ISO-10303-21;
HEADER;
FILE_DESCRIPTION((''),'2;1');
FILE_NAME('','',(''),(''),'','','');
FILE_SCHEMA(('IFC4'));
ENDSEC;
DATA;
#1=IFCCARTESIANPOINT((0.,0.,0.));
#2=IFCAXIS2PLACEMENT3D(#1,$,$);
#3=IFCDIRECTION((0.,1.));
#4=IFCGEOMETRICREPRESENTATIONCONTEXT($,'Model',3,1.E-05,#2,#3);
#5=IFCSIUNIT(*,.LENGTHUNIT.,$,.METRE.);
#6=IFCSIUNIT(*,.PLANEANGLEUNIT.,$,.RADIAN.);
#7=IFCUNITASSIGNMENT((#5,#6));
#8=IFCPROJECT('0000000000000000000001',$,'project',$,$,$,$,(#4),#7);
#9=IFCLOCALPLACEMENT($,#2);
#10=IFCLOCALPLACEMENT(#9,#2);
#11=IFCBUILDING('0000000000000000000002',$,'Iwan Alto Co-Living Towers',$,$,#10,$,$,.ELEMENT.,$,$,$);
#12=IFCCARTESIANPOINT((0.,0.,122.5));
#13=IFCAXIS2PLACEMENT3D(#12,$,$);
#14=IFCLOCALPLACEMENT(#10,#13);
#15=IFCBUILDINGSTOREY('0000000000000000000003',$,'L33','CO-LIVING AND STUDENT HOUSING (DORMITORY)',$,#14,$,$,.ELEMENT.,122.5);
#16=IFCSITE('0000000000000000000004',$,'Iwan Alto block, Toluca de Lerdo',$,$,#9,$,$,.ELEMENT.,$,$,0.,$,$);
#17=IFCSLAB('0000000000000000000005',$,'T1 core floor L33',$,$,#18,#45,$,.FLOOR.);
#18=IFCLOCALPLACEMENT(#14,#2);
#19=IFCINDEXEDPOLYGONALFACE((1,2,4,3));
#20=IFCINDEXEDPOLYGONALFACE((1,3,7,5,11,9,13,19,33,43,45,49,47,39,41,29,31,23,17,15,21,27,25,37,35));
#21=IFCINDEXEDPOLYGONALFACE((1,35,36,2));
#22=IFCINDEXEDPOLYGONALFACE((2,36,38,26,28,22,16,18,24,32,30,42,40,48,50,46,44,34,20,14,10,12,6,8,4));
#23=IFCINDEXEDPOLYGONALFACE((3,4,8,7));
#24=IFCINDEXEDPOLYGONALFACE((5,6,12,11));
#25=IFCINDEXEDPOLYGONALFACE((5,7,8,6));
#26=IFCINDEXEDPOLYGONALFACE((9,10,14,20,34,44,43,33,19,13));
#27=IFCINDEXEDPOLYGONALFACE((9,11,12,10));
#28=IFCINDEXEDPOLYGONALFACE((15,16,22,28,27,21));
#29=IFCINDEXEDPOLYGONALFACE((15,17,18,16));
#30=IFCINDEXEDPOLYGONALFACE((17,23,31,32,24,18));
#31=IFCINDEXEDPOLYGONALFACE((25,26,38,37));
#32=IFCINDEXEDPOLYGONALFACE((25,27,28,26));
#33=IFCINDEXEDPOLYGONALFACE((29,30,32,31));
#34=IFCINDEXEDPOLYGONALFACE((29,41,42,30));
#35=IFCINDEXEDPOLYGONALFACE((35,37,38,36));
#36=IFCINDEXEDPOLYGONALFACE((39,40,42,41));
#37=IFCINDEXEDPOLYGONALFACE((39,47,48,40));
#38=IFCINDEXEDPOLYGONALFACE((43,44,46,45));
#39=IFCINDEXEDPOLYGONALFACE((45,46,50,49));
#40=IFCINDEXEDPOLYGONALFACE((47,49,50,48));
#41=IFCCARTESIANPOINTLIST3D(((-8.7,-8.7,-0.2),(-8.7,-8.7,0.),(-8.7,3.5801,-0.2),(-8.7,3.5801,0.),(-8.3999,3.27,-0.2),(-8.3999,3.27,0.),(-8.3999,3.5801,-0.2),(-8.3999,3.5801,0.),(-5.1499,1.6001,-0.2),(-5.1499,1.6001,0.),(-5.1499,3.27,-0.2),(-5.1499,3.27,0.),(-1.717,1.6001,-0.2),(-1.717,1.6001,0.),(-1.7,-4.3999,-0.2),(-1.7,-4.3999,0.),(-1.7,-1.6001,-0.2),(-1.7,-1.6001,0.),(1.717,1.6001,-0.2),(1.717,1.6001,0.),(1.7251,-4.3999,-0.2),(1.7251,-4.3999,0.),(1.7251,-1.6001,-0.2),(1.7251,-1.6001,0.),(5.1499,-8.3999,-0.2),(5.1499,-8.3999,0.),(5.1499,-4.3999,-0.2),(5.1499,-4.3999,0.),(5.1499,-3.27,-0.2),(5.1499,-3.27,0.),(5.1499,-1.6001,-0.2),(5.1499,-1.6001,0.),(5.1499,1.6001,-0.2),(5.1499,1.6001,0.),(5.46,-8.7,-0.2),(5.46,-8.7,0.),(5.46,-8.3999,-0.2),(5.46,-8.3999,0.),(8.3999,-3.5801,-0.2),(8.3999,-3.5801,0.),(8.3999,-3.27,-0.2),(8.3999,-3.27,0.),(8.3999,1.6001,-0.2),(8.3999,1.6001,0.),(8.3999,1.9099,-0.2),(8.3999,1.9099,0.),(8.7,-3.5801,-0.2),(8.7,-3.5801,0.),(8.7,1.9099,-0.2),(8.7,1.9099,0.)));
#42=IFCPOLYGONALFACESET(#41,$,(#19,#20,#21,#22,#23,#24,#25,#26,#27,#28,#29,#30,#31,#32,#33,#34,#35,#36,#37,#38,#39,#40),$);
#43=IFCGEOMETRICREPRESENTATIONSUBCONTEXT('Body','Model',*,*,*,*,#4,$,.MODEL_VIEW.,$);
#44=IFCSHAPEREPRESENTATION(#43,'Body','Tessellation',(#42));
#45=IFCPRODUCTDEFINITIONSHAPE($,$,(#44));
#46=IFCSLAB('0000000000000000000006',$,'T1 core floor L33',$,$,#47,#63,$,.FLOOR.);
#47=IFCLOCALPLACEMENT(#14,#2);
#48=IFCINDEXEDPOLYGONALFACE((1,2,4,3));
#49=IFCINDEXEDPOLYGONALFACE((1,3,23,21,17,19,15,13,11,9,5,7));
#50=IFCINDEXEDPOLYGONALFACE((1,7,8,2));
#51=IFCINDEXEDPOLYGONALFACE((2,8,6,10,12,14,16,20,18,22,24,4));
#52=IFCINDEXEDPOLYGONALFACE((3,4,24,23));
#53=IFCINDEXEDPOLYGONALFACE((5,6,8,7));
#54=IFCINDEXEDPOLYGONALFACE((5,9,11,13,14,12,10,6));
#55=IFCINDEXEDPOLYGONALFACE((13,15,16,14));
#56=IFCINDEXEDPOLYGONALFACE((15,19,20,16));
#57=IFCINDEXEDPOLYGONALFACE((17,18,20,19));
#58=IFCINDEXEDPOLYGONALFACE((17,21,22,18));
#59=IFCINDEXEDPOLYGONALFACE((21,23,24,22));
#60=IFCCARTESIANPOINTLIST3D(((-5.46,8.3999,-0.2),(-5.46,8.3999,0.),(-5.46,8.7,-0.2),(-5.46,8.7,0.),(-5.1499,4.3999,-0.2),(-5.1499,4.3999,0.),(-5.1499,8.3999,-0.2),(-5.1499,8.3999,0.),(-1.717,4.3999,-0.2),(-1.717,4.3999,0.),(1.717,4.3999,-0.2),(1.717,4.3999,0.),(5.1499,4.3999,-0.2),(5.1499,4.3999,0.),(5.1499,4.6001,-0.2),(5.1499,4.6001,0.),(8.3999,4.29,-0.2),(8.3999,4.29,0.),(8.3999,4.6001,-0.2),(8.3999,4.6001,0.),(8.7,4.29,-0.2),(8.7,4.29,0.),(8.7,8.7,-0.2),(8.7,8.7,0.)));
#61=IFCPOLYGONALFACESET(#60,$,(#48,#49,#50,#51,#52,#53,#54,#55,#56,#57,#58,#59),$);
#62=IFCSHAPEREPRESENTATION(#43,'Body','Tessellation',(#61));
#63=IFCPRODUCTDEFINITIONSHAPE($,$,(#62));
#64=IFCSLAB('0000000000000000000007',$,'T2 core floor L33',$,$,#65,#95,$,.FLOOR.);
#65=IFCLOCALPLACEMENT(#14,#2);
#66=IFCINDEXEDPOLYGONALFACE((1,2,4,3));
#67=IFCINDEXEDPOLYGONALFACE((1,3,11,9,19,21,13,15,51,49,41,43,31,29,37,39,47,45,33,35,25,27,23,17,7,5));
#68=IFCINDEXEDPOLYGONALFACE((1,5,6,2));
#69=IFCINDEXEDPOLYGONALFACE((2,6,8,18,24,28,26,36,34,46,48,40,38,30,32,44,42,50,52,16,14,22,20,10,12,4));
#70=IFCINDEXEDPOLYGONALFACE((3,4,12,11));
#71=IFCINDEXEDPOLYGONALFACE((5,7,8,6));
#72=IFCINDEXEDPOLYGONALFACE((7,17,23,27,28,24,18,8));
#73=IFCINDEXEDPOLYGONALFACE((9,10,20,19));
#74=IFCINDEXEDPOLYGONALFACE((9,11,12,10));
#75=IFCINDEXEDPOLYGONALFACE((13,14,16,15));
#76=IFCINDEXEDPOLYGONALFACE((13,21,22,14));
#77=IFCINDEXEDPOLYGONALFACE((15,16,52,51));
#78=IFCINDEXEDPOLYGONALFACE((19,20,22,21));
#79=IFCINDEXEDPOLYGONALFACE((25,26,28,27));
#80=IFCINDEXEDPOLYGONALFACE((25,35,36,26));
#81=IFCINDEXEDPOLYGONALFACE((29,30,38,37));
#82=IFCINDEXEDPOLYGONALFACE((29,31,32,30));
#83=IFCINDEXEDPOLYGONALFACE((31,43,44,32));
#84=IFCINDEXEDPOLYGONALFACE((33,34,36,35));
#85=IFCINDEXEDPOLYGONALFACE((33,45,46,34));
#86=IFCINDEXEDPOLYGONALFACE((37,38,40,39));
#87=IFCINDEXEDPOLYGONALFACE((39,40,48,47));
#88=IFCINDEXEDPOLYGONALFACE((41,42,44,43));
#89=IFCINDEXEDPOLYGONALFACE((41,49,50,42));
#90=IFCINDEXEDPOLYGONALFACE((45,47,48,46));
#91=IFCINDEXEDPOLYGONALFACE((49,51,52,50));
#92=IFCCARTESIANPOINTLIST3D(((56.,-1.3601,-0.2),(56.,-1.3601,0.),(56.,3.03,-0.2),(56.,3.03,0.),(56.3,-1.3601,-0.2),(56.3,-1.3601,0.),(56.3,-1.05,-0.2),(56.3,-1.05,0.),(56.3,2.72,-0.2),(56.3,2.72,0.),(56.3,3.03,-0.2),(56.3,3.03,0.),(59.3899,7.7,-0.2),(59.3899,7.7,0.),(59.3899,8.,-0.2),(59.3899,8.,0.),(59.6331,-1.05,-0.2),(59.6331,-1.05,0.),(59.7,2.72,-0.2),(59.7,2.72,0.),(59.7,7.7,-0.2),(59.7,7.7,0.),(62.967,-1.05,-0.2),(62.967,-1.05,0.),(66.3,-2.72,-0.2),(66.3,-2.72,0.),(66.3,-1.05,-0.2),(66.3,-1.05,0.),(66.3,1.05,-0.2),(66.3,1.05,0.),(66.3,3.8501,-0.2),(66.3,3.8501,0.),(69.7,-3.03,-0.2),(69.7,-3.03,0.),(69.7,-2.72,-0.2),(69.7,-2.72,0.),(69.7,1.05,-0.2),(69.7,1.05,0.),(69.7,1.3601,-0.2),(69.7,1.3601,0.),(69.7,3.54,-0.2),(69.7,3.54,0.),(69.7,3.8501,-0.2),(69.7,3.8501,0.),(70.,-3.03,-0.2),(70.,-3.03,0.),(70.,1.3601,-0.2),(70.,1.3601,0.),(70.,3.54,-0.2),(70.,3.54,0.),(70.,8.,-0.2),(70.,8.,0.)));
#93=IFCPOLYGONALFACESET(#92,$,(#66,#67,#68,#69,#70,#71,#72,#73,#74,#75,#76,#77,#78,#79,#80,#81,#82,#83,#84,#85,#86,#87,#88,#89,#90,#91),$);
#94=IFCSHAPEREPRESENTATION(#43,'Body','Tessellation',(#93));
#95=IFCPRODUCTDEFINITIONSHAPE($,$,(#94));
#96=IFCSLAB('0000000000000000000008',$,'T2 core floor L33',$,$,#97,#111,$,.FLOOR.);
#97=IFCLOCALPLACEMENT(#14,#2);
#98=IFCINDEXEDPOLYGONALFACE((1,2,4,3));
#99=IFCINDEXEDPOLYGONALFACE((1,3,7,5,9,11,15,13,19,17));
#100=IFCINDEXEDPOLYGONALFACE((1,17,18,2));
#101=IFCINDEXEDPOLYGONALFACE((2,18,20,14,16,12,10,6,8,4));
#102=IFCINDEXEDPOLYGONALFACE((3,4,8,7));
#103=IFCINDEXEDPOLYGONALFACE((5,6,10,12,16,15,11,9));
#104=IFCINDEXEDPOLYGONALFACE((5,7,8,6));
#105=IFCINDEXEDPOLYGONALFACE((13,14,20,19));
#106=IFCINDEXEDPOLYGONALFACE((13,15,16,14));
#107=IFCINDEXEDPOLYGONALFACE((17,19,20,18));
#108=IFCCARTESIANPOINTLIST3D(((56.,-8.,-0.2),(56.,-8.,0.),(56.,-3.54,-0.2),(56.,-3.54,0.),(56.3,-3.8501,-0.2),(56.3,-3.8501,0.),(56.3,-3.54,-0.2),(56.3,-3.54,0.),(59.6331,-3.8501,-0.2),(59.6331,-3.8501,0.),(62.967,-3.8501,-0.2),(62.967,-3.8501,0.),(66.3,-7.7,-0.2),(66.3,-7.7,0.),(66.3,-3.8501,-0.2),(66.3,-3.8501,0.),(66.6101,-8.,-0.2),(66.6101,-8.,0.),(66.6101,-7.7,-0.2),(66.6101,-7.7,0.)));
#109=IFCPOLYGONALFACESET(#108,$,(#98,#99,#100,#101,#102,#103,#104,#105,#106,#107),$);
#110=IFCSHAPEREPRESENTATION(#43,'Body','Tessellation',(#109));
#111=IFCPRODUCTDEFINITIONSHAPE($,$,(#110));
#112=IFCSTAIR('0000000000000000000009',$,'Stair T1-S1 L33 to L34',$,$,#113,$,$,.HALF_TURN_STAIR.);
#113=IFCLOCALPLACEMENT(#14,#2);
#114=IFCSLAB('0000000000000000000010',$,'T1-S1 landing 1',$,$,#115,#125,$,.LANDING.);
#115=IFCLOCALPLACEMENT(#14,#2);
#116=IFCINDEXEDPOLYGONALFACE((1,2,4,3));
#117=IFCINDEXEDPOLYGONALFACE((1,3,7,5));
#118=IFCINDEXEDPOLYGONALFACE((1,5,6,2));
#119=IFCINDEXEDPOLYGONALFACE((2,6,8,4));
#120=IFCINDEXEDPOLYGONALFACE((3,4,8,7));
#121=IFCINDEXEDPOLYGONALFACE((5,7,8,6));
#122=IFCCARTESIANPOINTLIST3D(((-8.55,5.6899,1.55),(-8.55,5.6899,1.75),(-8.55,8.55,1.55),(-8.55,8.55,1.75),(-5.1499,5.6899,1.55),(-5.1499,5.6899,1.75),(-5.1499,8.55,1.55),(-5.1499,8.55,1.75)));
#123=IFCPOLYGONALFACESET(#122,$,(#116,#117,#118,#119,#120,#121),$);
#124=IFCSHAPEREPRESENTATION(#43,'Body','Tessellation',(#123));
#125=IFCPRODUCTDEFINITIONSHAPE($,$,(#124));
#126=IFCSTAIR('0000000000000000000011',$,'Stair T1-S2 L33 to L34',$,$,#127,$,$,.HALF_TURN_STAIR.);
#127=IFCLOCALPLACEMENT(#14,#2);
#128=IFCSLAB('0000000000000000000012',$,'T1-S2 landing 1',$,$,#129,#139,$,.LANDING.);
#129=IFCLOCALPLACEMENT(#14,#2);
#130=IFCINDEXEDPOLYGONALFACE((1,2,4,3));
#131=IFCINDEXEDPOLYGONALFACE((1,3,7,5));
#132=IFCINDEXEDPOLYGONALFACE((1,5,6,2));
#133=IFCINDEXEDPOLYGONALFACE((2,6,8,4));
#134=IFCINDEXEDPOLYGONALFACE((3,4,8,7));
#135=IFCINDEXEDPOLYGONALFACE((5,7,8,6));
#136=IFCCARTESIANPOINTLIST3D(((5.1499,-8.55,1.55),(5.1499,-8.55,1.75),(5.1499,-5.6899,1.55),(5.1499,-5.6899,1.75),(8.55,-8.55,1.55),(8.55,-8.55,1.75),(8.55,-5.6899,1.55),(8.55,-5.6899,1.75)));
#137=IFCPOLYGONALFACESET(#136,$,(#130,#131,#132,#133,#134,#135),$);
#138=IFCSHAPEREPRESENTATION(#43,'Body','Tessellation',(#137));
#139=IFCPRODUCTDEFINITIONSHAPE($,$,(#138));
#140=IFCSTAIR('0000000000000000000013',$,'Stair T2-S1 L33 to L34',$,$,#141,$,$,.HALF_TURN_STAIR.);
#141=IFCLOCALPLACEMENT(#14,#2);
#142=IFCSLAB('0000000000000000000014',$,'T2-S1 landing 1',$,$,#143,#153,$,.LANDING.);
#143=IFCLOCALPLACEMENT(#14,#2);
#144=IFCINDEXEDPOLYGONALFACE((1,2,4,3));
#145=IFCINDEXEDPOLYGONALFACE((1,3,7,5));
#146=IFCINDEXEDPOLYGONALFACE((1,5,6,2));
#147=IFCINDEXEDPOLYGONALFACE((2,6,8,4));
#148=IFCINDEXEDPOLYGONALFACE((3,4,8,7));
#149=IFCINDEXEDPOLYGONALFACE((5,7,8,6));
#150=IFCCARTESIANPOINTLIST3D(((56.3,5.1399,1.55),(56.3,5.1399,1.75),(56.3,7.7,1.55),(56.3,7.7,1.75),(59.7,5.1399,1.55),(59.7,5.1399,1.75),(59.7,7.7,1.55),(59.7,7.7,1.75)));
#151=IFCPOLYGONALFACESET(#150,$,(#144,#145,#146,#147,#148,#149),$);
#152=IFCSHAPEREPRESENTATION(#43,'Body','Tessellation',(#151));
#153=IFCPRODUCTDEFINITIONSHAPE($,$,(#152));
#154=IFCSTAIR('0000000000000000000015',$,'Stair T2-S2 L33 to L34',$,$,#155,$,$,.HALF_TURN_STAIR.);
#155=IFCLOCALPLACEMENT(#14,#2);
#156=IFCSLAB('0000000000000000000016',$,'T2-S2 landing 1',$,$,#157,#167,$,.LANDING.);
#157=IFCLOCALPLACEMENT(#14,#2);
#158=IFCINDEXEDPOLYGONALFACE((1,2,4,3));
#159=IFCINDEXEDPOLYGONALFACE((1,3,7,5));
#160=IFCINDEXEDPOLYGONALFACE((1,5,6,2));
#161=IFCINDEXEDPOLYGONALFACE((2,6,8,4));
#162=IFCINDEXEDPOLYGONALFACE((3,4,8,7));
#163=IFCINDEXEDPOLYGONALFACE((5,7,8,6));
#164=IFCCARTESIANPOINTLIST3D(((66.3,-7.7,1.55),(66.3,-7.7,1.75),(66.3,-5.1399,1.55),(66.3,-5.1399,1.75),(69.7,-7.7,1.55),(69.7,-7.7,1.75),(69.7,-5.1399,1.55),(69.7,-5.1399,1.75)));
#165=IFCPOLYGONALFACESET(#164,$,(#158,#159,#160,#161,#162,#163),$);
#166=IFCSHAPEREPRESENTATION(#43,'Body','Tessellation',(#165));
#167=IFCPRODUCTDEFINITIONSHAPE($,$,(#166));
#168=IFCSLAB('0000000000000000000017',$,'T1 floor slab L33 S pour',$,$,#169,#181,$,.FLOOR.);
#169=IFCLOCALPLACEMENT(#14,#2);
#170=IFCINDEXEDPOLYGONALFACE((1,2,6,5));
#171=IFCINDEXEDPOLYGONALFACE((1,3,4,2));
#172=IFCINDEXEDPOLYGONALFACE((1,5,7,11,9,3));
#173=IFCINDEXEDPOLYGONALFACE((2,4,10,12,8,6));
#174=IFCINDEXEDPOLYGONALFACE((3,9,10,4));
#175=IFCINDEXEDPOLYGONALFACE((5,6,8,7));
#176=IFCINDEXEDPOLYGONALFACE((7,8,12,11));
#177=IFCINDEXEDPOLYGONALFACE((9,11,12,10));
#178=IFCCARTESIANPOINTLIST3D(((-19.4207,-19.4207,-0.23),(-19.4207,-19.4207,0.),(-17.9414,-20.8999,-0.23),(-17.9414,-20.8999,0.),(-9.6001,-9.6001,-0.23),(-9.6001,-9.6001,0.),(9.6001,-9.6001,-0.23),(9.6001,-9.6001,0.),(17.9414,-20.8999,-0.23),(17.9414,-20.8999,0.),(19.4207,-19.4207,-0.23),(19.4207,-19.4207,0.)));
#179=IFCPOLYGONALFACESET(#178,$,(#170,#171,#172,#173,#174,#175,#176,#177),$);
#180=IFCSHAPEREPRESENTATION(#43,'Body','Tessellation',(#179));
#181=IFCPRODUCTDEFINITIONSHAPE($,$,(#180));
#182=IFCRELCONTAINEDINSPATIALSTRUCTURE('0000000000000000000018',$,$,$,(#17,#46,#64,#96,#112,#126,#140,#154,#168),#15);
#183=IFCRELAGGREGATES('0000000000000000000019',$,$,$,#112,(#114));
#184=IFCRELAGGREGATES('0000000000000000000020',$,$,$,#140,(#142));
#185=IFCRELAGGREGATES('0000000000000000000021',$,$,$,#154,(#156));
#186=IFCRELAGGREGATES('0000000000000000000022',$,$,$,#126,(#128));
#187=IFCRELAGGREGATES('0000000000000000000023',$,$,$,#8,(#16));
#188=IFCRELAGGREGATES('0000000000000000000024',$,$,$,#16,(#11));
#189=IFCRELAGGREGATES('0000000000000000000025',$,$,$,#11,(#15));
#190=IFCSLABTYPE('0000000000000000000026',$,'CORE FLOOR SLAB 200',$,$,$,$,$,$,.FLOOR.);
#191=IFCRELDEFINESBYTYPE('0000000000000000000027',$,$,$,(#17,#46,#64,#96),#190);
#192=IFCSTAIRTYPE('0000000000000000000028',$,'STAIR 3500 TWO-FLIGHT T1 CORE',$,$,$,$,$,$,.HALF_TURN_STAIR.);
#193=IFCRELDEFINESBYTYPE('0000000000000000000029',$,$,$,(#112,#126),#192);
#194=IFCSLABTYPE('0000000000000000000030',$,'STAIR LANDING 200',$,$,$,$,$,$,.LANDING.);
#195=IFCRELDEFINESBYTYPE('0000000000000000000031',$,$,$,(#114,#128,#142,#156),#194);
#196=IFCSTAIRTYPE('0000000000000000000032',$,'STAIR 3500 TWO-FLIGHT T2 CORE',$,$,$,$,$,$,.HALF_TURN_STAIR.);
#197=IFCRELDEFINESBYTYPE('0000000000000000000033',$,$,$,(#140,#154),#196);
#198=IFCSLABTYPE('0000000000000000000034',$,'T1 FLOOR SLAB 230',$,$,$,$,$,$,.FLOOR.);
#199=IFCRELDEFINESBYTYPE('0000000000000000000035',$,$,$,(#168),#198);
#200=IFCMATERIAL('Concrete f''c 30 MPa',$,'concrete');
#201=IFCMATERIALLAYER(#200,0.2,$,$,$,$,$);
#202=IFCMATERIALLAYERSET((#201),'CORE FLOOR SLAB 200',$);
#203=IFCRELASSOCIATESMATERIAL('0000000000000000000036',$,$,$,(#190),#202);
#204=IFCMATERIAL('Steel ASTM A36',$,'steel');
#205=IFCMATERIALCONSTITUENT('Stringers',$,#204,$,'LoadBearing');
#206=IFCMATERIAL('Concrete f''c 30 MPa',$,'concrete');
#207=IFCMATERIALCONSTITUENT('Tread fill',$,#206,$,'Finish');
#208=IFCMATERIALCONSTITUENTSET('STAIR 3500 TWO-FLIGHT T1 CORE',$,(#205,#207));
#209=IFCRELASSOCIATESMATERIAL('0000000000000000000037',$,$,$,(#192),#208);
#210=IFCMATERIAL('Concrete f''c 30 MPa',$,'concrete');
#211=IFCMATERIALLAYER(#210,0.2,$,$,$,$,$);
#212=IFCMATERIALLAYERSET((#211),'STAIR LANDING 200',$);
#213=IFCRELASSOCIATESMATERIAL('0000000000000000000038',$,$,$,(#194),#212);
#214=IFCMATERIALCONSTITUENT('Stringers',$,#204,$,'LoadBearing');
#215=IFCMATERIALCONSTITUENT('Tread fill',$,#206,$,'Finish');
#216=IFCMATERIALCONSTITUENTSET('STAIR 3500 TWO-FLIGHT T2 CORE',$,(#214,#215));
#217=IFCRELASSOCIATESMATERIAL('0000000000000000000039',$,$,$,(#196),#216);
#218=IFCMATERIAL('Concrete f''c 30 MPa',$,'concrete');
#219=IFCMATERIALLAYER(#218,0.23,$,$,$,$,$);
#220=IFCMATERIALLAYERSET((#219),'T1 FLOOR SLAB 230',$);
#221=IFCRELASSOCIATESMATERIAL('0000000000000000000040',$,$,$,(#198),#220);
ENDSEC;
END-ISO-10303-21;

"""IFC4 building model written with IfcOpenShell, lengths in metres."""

from ifc_helpers import new_model, si_unit, direction, frame, origin, place, context, subcontext, project, spatial, polyline, outline, extrude, material, layer, layer_set, constituent, constituent_set, type_object, element, aggregate, save


model = new_model("IFC4")

# Units and contexts
model_context = context("Model", 3, precision=1e-05, world=origin(), true_north=direction((0.0, 1.0)))
body_context = subcontext(model_context, "Body", "Model", "MODEL_VIEW")
ifc_project = project(units=[si_unit("LENGTHUNIT", "METRE"), si_unit("PLANEANGLEUNIT", "RADIAN")], contexts=[model_context])

# Site, building, storey
site_placement = place(None, origin())
site = spatial("IfcSite", under=ifc_project, at=site_placement, Name="Iwan Alto block, Toluca de Lerdo", CompositionType="ELEMENT", RefElevation=0.0)
building_placement = place(site_placement, origin())
building = spatial("IfcBuilding", under=site, at=building_placement, Name="Iwan Alto Co-Living Towers", CompositionType="ELEMENT")
storey_placement = place(building_placement, frame((0.0, 0.0, 122.5)))
storey = spatial("IfcBuildingStorey", under=building, at=storey_placement, Name="L33", Description="CO-LIVING AND STUDENT HOUSING (DORMITORY)", CompositionType="ELEMENT", Elevation=122.5)

# Slabs
ifc_material_1 = material(Name="Concrete f'c 30 MPa", Category="concrete")
ifc_layer_1 = layer(ifc_material_1, 0.2)
ifc_layer_set_1 = layer_set([ifc_layer_1], Name="CORE FLOOR SLAB 200")
slab_type_1 = type_object("IfcSlabType", Name="CORE FLOOR SLAB 200", PredefinedType="FLOOR", material=ifc_layer_set_1)
slab_1_placement = place(storey_placement, frame((0.0, 0.0, -0.2)))
element("IfcSlab", 1, at=slab_1_placement, inside=storey, type_object=slab_type_1, Name="T1 core floor L33", PredefinedType="FLOOR", context=body_context, shape_type="SweptSolid", body=[
    extrude(outline(polyline([(5.1499, -1.6001), (1.7251, -1.6001), (-1.7, -1.6001), (-1.7, -4.3999), (1.7251, -4.3999), (5.1499, -4.3999), (5.1499, -8.3999), (5.46, -8.3999), (5.46, -8.7), (-8.7, -8.7), (-8.7, 3.5801), (-8.3999, 3.5801), (-8.3999, 3.27), (-5.1499, 3.27), (-5.1499, 1.6001), (-1.717, 1.6001), (1.717, 1.6001), (5.1499, 1.6001), (8.3999, 1.6001), (8.3999, 1.9099), (8.7, 1.9099), (8.7, -3.5801), (8.3999, -3.5801), (8.3999, -3.27), (5.1499, -3.27), (5.1499, -1.6001)])), origin(), (0.0, 0.0, 1.0), 0.2),
])
slab_2_placement = place(storey_placement, frame((0.0, 0.0, -0.2)))
element("IfcSlab", 2, at=slab_2_placement, inside=storey, type_object=slab_type_1, Name="T1 core floor L33", PredefinedType="FLOOR", context=body_context, shape_type="SweptSolid", body=[
    extrude(outline(polyline([(1.717, 4.3999), (-1.717, 4.3999), (-5.1499, 4.3999), (-5.1499, 8.3999), (-5.46, 8.3999), (-5.46, 8.7), (8.7, 8.7), (8.7, 4.29), (8.3999, 4.29), (8.3999, 4.6001), (5.1499, 4.6001), (5.1499, 4.3999), (1.717, 4.3999)])), origin(), (0.0, 0.0, 1.0), 0.2),
])
slab_3_placement = place(storey_placement, frame((0.0, 0.0, -0.2)))
element("IfcSlab", 3, at=slab_3_placement, inside=storey, type_object=slab_type_1, Name="T2 core floor L33", PredefinedType="FLOOR", context=body_context, shape_type="SweptSolid", body=[
    extrude(outline(polyline([(70.0, -3.03), (69.7, -3.03), (69.7, -2.72), (66.3, -2.72), (66.3, -1.05), (62.967, -1.05), (59.6331, -1.05), (56.3, -1.05), (56.3, -1.3601), (56.0, -1.3601), (56.0, 3.03), (56.3, 3.03), (56.3, 2.72), (59.7, 2.72), (59.7, 7.7), (59.3899, 7.7), (59.3899, 8.0), (70.0, 8.0), (70.0, 3.54), (69.7, 3.54), (69.7, 3.8501), (66.3, 3.8501), (66.3, 1.05), (69.7, 1.05), (69.7, 1.3601), (70.0, 1.3601), (70.0, -3.03)])), origin(), (0.0, 0.0, 1.0), 0.2),
])
slab_4_placement = place(storey_placement, frame((0.0, 0.0, -0.2)))
element("IfcSlab", 4, at=slab_4_placement, inside=storey, type_object=slab_type_1, Name="T2 core floor L33", PredefinedType="FLOOR", context=body_context, shape_type="SweptSolid", body=[
    extrude(outline(polyline([(62.967, -3.8501), (66.3, -3.8501), (66.3, -7.7), (66.6101, -7.7), (66.6101, -8.0), (56.0, -8.0), (56.0, -3.54), (56.3, -3.54), (56.3, -3.8501), (59.6331, -3.8501), (62.967, -3.8501)])), origin(), (0.0, 0.0, 1.0), 0.2),
])

# Stairs, slabs
ifc_material_2 = material(Name="Steel ASTM A36", Category="steel")
ifc_constituent_1 = constituent(ifc_material_2, Name="Stringers", Category="LoadBearing")
ifc_material_3 = material(Name="Concrete f'c 30 MPa", Category="concrete")
ifc_constituent_2 = constituent(ifc_material_3, Name="Tread fill", Category="Finish")
ifc_constituent_set_1 = constituent_set(constituents=[ifc_constituent_1, ifc_constituent_2], Name="STAIR 3500 TWO-FLIGHT T1 CORE")
stair_type_1 = type_object("IfcStairType", Name="STAIR 3500 TWO-FLIGHT T1 CORE", PredefinedType="HALF_TURN_STAIR", material=ifc_constituent_set_1)
stair_1_placement = place(storey_placement, origin())
stair_1 = element("IfcStair", 5, at=stair_1_placement, inside=storey, type_object=stair_type_1, Name="Stair T1-S1 L33 to L34", PredefinedType="HALF_TURN_STAIR")
ifc_material_4 = material(Name="Concrete f'c 30 MPa", Category="concrete")
ifc_layer_2 = layer(ifc_material_4, 0.2)
ifc_layer_set_2 = layer_set([ifc_layer_2], Name="STAIR LANDING 200")
slab_type_2 = type_object("IfcSlabType", Name="STAIR LANDING 200", PredefinedType="LANDING", material=ifc_layer_set_2)
slab_5_placement = place(storey_placement, frame((0.0, 0.0, 1.55)))
slab_5 = element("IfcSlab", 6, at=slab_5_placement, type_object=slab_type_2, Name="T1-S1 landing 1", PredefinedType="LANDING", context=body_context, shape_type="SweptSolid", body=[
    extrude(outline(polyline([(-8.55, 5.6899), (-8.55, 8.55), (-5.1499, 8.55), (-5.1499, 5.6899), (-8.55, 5.6899)])), origin(), (0.0, 0.0, 1.0), 0.2),
])
aggregate(stair_1, [slab_5])
stair_2_placement = place(storey_placement, origin())
stair_2 = element("IfcStair", 7, at=stair_2_placement, inside=storey, type_object=stair_type_1, Name="Stair T1-S2 L33 to L34", PredefinedType="HALF_TURN_STAIR")
slab_6_placement = place(storey_placement, frame((0.0, 0.0, 1.55)))
slab_6 = element("IfcSlab", 8, at=slab_6_placement, type_object=slab_type_2, Name="T1-S2 landing 1", PredefinedType="LANDING", context=body_context, shape_type="SweptSolid", body=[
    extrude(outline(polyline([(5.1499, -5.6899), (5.1499, -8.55), (8.55, -8.55), (8.55, -5.6899), (5.1499, -5.6899)])), origin(), (0.0, 0.0, 1.0), 0.2),
])
ifc_constituent_3 = constituent(ifc_material_2, Name="Stringers", Category="LoadBearing")
ifc_constituent_4 = constituent(ifc_material_3, Name="Tread fill", Category="Finish")
ifc_constituent_set_2 = constituent_set(constituents=[ifc_constituent_3, ifc_constituent_4], Name="STAIR 3500 TWO-FLIGHT T2 CORE")
stair_type_2 = type_object("IfcStairType", Name="STAIR 3500 TWO-FLIGHT T2 CORE", PredefinedType="HALF_TURN_STAIR", material=ifc_constituent_set_2)
stair_3_placement = place(storey_placement, origin())
stair_3 = element("IfcStair", 9, at=stair_3_placement, inside=storey, type_object=stair_type_2, Name="Stair T2-S1 L33 to L34", PredefinedType="HALF_TURN_STAIR")
slab_7_placement = place(storey_placement, frame((0.0, 0.0, 1.55)))
slab_7 = element("IfcSlab", 10, at=slab_7_placement, type_object=slab_type_2, Name="T2-S1 landing 1", PredefinedType="LANDING", context=body_context, shape_type="SweptSolid", body=[
    extrude(outline(polyline([(56.3, 5.1399), (56.3, 7.7), (59.7, 7.7), (59.7, 5.1399), (56.3, 5.1399)])), origin(), (0.0, 0.0, 1.0), 0.2),
])
aggregate(stair_3, [slab_7])
stair_4_placement = place(storey_placement, origin())
stair_4 = element("IfcStair", 11, at=stair_4_placement, inside=storey, type_object=stair_type_2, Name="Stair T2-S2 L33 to L34", PredefinedType="HALF_TURN_STAIR")
slab_8_placement = place(storey_placement, frame((0.0, 0.0, 1.55)))
slab_8 = element("IfcSlab", 12, at=slab_8_placement, type_object=slab_type_2, Name="T2-S2 landing 1", PredefinedType="LANDING", context=body_context, shape_type="SweptSolid", body=[
    extrude(outline(polyline([(66.3, -5.1399), (66.3, -7.7), (69.7, -7.7), (69.7, -5.1399), (66.3, -5.1399)])), origin(), (0.0, 0.0, 1.0), 0.2),
])
aggregate(stair_4, [slab_8])

# Slab
ifc_material_5 = material(Name="Concrete f'c 30 MPa", Category="concrete")
ifc_layer_3 = layer(ifc_material_5, 0.23)
ifc_layer_set_3 = layer_set([ifc_layer_3], Name="T1 FLOOR SLAB 230")
slab_type_3 = type_object("IfcSlabType", Name="T1 FLOOR SLAB 230", PredefinedType="FLOOR", material=ifc_layer_set_3)
slab_9_placement = place(storey_placement, frame((0.0, 0.0, -0.23)))
element("IfcSlab", 13, at=slab_9_placement, inside=storey, type_object=slab_type_3, Name="T1 floor slab L33 S pour", PredefinedType="FLOOR", context=body_context, shape_type="SweptSolid", body=[
    extrude(outline(polyline([(17.9414, -20.8999), (-17.9414, -20.8999), (-19.4207, -19.4207), (-9.6001, -9.6001), (9.6001, -9.6001), (19.4207, -19.4207), (17.9414, -20.8999)])), origin(), (0.0, 0.0, 1.0), 0.23),
])

aggregate(stair_2, [slab_6])

save(model, "model.ifc")
